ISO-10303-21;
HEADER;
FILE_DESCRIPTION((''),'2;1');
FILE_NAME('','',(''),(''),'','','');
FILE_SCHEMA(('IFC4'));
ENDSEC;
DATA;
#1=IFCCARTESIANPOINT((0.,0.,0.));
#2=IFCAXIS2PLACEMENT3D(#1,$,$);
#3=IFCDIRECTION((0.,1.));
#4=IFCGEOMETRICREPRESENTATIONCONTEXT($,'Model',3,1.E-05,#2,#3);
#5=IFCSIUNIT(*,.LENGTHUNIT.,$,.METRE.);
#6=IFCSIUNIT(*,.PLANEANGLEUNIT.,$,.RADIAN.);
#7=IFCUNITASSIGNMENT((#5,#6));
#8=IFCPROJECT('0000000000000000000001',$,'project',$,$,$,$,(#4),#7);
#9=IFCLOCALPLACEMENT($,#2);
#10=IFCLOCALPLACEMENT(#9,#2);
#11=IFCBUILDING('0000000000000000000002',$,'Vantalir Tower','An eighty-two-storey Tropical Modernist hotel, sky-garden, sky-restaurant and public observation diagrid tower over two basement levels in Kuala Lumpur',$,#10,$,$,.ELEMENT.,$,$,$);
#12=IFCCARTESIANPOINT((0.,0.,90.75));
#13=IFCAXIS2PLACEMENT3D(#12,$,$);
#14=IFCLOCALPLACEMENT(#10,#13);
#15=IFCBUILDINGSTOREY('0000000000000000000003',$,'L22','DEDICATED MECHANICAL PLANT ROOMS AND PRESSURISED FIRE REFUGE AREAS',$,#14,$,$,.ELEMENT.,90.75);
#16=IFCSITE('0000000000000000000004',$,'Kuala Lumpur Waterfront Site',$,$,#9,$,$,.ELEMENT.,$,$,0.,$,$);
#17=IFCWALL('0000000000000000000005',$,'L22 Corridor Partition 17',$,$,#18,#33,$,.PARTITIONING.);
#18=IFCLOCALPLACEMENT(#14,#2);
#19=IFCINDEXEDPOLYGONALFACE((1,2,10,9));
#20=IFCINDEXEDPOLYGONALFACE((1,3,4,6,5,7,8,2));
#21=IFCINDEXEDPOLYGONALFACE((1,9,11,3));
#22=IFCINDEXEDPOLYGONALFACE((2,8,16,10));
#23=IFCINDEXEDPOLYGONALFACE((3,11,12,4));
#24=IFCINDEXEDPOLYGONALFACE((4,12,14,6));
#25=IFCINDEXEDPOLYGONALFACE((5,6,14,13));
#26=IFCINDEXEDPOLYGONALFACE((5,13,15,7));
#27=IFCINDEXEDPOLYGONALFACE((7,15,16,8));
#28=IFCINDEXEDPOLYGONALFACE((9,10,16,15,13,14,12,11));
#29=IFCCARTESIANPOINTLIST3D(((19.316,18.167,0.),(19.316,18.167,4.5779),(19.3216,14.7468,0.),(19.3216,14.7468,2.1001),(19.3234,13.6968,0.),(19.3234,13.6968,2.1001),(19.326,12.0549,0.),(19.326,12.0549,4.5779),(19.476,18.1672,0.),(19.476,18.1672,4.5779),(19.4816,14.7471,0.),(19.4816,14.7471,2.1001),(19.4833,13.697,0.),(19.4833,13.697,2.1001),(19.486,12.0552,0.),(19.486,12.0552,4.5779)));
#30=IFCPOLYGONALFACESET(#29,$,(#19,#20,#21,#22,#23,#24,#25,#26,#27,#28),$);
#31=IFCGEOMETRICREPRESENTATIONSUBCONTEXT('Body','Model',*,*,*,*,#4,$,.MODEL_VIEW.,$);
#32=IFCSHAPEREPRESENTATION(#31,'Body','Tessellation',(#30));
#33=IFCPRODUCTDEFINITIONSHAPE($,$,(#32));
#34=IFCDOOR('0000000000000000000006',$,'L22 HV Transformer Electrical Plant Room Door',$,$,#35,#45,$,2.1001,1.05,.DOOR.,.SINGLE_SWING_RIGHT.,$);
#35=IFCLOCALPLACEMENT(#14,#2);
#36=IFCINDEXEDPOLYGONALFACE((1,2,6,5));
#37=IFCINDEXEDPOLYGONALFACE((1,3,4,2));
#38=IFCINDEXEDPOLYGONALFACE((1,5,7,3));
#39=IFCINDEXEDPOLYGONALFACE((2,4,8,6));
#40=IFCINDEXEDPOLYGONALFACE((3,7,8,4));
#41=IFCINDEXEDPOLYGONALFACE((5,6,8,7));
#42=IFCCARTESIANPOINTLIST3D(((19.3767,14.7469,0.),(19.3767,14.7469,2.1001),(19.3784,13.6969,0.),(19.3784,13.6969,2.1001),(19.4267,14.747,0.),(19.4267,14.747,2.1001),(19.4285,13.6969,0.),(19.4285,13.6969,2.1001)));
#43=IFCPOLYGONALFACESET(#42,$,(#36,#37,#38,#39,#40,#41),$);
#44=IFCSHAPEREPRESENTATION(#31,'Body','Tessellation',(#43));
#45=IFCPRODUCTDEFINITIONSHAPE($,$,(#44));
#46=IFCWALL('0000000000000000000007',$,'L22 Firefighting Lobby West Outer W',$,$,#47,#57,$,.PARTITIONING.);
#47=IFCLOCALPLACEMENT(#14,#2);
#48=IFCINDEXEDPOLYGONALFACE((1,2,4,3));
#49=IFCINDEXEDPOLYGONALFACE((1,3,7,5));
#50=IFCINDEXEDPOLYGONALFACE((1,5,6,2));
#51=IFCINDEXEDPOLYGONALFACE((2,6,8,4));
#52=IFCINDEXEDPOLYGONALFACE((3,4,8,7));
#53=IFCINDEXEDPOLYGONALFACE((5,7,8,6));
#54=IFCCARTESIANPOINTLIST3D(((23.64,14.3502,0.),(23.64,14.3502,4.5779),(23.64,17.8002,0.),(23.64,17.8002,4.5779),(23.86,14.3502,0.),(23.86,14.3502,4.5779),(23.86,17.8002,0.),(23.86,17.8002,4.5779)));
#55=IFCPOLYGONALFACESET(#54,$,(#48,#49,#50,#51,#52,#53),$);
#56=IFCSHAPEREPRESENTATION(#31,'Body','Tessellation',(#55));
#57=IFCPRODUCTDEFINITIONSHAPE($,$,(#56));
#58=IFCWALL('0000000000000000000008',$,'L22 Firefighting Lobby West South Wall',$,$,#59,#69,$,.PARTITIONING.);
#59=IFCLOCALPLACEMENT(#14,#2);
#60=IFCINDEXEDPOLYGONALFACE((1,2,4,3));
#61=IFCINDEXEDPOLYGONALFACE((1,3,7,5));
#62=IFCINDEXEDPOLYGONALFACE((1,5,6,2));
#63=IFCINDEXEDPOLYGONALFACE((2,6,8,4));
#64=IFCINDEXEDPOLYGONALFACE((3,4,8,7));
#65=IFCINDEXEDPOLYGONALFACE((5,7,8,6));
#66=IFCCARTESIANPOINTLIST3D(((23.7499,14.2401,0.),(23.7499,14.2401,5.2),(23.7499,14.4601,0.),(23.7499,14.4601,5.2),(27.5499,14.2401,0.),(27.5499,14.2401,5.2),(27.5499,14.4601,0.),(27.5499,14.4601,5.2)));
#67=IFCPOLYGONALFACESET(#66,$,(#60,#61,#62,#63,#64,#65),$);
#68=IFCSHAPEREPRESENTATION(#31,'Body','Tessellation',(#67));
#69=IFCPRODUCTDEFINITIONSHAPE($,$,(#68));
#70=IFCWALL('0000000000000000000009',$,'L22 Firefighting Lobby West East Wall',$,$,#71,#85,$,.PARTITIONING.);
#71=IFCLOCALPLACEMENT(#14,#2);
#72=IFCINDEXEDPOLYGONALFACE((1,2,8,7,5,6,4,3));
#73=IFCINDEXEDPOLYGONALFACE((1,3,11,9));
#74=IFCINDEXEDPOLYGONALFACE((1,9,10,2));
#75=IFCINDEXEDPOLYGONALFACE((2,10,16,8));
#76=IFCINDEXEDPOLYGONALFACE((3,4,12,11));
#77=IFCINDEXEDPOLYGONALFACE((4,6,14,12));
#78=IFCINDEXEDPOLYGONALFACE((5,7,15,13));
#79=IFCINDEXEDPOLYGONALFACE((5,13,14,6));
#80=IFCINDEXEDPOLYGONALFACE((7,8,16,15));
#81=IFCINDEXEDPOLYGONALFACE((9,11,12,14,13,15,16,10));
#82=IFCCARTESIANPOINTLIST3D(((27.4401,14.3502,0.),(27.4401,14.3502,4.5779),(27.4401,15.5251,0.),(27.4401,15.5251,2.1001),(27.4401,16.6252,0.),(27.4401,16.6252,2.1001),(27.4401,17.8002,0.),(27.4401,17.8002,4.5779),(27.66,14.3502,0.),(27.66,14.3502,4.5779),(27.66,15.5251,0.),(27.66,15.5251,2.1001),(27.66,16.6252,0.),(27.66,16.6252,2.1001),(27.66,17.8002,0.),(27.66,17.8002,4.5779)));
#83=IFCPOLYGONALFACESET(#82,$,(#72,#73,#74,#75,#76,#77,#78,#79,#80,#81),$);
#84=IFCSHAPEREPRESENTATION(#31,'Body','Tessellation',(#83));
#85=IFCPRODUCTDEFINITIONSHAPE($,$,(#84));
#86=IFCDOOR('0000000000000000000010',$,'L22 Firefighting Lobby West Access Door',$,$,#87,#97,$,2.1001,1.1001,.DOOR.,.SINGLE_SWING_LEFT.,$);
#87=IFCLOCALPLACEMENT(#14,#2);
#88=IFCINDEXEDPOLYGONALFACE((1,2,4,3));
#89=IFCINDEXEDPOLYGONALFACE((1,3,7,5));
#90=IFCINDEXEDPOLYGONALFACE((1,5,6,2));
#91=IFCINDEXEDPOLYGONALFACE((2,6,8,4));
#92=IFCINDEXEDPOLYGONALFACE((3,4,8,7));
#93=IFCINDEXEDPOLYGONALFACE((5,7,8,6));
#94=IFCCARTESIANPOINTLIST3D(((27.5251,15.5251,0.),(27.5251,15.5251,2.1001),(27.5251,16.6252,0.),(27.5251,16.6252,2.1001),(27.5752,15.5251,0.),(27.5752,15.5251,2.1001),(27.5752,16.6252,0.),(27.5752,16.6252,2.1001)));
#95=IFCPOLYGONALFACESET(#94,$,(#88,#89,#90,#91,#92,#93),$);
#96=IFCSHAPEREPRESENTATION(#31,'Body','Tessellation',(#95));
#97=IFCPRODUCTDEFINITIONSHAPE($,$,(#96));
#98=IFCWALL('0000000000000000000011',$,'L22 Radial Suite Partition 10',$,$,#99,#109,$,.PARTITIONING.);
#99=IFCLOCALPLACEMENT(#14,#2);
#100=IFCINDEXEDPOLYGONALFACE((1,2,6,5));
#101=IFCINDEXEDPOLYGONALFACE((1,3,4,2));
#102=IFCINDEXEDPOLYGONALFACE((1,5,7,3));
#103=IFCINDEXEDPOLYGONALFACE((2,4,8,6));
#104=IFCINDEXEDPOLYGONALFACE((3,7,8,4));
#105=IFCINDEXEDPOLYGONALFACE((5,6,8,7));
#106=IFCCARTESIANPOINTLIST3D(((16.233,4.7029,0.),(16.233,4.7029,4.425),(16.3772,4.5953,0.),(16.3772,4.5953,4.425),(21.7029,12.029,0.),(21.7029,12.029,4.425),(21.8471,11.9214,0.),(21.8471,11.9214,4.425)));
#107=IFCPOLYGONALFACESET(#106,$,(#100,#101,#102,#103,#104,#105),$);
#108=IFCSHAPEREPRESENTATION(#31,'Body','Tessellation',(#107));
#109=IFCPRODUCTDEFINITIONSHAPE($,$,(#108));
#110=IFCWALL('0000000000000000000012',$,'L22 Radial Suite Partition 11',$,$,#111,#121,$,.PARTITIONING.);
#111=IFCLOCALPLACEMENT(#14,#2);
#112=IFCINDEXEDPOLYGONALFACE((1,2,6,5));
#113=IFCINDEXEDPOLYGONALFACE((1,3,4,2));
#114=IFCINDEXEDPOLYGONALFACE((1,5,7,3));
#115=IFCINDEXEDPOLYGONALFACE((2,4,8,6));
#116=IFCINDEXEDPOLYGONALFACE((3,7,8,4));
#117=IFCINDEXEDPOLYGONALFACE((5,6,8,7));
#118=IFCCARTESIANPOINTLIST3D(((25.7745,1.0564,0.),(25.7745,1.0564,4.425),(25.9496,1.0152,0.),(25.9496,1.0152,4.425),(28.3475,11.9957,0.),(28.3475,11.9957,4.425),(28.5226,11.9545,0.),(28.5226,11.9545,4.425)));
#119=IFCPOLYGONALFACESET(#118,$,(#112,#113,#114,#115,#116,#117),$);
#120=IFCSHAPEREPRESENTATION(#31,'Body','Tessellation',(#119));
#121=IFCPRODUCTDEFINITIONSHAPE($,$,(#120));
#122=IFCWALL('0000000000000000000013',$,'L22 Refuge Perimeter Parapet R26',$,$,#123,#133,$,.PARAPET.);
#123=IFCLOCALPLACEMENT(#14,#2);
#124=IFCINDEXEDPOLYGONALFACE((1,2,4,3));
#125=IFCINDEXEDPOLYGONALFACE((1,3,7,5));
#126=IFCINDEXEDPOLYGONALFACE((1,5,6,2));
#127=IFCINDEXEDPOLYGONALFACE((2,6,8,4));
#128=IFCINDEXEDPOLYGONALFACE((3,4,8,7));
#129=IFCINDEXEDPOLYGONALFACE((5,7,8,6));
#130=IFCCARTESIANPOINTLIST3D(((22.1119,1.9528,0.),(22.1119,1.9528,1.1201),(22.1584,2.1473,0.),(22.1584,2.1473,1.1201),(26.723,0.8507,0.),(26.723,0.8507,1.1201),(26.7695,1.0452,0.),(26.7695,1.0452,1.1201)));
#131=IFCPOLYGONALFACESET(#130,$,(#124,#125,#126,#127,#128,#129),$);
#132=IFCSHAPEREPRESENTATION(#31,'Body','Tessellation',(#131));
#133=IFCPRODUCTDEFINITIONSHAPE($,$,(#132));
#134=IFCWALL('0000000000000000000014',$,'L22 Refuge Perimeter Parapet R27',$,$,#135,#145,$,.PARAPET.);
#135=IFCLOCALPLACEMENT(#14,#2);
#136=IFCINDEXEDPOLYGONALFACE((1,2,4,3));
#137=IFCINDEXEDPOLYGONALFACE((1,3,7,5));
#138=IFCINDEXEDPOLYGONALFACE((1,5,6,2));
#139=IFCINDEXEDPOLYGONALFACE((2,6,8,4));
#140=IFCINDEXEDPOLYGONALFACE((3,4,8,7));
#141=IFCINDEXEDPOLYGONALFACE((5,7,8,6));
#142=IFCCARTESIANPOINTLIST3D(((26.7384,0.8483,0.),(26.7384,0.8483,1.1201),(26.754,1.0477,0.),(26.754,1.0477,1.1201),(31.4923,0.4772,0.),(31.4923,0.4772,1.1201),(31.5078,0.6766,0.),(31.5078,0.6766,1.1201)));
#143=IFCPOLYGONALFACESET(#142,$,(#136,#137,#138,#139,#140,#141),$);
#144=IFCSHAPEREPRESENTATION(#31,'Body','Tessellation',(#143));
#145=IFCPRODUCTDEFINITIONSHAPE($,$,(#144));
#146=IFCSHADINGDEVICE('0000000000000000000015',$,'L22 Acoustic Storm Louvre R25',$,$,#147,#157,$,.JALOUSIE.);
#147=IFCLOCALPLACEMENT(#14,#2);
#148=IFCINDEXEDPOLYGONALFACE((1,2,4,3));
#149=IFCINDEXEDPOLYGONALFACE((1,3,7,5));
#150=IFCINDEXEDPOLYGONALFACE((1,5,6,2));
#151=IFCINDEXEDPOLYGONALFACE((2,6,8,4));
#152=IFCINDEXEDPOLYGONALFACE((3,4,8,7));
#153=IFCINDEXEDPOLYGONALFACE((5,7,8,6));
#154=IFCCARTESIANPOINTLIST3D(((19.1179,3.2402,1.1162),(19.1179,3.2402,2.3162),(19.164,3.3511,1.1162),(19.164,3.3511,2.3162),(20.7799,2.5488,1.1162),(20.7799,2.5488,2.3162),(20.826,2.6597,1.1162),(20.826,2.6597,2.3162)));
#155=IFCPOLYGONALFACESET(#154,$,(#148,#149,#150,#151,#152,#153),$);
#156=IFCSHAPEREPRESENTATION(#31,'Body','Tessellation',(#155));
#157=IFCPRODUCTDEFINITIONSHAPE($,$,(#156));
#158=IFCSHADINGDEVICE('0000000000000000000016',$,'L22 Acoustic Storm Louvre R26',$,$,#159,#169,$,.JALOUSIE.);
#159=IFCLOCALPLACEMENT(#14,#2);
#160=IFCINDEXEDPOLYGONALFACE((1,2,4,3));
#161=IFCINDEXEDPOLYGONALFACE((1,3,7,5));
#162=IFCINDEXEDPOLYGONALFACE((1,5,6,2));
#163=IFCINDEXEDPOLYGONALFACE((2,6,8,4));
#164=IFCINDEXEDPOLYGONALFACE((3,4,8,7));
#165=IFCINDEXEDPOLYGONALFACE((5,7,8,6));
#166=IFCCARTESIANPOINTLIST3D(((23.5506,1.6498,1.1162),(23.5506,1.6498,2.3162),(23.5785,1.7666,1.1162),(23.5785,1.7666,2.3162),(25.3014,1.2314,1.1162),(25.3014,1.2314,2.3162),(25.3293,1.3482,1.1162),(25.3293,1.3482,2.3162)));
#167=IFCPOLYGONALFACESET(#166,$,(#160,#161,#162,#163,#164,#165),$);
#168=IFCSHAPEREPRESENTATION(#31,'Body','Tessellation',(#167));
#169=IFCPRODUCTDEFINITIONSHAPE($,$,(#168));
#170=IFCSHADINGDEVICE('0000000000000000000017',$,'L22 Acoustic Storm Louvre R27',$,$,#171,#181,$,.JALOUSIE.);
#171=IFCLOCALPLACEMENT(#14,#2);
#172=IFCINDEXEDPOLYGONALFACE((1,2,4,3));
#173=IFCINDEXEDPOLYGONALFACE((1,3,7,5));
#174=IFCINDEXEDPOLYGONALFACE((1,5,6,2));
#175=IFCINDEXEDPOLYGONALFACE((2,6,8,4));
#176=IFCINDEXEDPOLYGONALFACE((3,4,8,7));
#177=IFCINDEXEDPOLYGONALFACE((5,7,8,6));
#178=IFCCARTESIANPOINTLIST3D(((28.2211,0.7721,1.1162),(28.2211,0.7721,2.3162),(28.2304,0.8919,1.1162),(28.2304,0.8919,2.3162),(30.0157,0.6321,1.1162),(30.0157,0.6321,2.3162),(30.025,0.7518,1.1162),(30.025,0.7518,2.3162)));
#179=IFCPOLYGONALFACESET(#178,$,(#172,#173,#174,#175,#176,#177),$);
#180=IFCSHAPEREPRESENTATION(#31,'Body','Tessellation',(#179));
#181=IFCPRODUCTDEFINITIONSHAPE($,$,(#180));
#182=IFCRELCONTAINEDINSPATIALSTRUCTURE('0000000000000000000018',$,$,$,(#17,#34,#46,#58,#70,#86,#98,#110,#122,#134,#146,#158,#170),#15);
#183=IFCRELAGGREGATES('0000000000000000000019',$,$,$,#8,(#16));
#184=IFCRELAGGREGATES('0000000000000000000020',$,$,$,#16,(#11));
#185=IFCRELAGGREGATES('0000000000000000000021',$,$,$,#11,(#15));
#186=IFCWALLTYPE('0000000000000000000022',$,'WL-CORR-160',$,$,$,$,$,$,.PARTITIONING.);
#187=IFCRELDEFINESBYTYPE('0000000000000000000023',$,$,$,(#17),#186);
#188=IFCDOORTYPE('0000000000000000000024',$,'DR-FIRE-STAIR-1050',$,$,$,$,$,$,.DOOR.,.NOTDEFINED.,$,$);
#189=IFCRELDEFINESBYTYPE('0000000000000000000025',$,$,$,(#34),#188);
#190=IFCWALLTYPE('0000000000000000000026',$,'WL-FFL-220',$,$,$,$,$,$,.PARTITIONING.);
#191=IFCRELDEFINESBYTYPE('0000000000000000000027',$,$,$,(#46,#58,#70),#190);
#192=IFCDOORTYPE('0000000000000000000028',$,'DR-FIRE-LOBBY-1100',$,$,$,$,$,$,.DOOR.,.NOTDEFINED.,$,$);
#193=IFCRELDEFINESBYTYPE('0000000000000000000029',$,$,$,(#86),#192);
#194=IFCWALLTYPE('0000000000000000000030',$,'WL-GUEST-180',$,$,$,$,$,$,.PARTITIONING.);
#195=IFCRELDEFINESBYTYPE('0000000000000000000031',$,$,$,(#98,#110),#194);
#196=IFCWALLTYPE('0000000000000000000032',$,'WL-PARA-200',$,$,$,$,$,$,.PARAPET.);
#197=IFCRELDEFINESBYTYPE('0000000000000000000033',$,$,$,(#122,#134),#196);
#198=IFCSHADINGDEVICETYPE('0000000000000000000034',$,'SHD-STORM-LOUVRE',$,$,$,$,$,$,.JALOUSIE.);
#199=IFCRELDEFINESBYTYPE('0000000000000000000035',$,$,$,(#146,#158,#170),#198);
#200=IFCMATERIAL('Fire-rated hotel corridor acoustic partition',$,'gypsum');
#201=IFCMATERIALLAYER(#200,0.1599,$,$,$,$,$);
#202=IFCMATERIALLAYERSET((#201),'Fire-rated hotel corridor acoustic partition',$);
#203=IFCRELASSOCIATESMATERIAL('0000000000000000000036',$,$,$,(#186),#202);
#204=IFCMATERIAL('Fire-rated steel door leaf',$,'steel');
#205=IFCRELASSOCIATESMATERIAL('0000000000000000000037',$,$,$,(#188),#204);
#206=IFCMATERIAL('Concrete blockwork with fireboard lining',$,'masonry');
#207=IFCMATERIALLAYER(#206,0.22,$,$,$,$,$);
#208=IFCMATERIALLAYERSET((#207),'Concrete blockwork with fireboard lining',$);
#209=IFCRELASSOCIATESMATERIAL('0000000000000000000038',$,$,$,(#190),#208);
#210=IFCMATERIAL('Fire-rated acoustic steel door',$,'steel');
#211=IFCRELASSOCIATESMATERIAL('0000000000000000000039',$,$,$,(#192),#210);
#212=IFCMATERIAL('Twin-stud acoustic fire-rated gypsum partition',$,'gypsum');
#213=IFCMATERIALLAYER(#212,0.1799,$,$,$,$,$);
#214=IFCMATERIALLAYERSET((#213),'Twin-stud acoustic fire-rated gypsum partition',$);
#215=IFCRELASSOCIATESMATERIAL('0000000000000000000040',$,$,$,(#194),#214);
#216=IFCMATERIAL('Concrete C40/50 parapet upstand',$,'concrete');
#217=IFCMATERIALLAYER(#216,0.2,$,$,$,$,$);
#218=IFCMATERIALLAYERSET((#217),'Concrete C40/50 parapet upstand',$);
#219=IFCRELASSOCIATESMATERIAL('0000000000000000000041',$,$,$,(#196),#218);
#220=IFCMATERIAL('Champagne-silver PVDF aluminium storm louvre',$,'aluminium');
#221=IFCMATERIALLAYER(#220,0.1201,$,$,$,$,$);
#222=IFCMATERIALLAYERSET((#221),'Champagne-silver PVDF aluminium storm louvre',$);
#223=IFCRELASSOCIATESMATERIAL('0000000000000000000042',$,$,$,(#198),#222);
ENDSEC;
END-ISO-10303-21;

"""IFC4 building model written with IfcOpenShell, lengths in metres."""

from ifc_helpers import new_model, si_unit, direction, frame, frame_2d, origin, origin_2d, place, context, subcontext, project, spatial, rectangle, extrude, material, layer, layer_set, type_object, element, fill, save


model = new_model("IFC4")

# Units and contexts
model_context = context("Model", 3, precision=1e-05, world=origin(), true_north=direction((0.0, 1.0)))
body_context = subcontext(model_context, "Body", "Model", "MODEL_VIEW")
ifc_project = project(units=[si_unit("LENGTHUNIT", "METRE"), si_unit("PLANEANGLEUNIT", "RADIAN")], contexts=[model_context])

# Site, building, storey
site_placement = place(None, origin())
site = spatial("IfcSite", under=ifc_project, at=site_placement, Name="Kuala Lumpur Waterfront Site", CompositionType="ELEMENT", RefElevation=0.0)
building_placement = place(site_placement, origin())
building = spatial("IfcBuilding", under=site, at=building_placement, Name="Vantalir Tower", Description="An eighty-two-storey Tropical Modernist hotel, sky-garden, sky-restaurant and public observation diagrid tower over two basement levels in Kuala Lumpur", CompositionType="ELEMENT")
storey_placement = place(building_placement, frame((0.0, 0.0, 90.75)))
storey = spatial("IfcBuildingStorey", under=building, at=storey_placement, Name="L22", Description="DEDICATED MECHANICAL PLANT ROOMS AND PRESSURISED FIRE REFUGE AREAS", CompositionType="ELEMENT", Elevation=90.75)

# Shared definitions
ifc_material_1 = material(Name="Fire-rated hotel corridor acoustic partition", Category="gypsum")
ifc_layer_1 = layer(ifc_material_1, 0.1599)
ifc_layer_set_1 = layer_set([ifc_layer_1], Name="Fire-rated hotel corridor acoustic partition")
wall_type_1 = type_object("IfcWallType", Name="WL-CORR-160", PredefinedType="PARTITIONING", material=ifc_layer_set_1)
ifc_material_2 = material(Name="Fire-rated steel door leaf", Category="steel")
door_type_1 = type_object("IfcDoorType", Name="DR-FIRE-STAIR-1050", OperationType="NOTDEFINED", PredefinedType="DOOR", material=ifc_material_2)

# Wall, opening, door
wall_1_placement = place(storey_placement, frame((19.406, 12.0549, 0.0), z_axis=(0.0, 0.0, 1.0), x_axis=(-0.001638, 0.999999, 0.0)))
wall_1 = element("IfcWall", 1, at=wall_1_placement, inside=storey, type_object=wall_type_1, Name="L22 Corridor Partition 17", PredefinedType="PARTITIONING", context=body_context, shape_type="SweptSolid", body=[
    extrude(rectangle(XDim=6.1121, YDim=0.1599, at=frame_2d((3.0562, 0.0))), origin(), (0.0, 0.0, 1.0), 4.5779),
])
opening_1_placement = place(wall_1_placement, frame((1.6421, 0.0, 0.0)))
opening_1 = element("IfcOpeningElement", 2, at=opening_1_placement, cuts=wall_1, PredefinedType="OPENING", context=body_context, shape_type="SweptSolid", body=[
    extrude(rectangle(XDim=1.05, YDim=2.1001, at=frame_2d((0.5249, 1.05))), frame((0.0, 0.0898, 0.0), z_axis=(0.0, -1.0, 0.0), x_axis=(1.0, 0.0, 0.0)), (0.0, 0.0, 1.0), 0.1799),
])
door_1_placement = place(opening_1_placement, origin())
door_1 = element("IfcDoor", 3, at=door_1_placement, inside=storey, type_object=door_type_1, Name="L22 HV Transformer Electrical Plant Room Door", OperationType="SINGLE_SWING_RIGHT", OverallHeight=2.1001, OverallWidth=1.05, PredefinedType="DOOR", context=body_context, shape_type="SweptSolid", body=[
    extrude(rectangle(XDim=1.05, YDim=2.1001, at=frame_2d((0.5249, 1.05))), frame((0.0, 0.0249, 0.0), z_axis=(0.0, -1.0, 0.0), x_axis=(1.0, 0.0, 0.0)), (0.0, 0.0, 1.0), 0.05),
])
fill(opening_1, door_1)

# Walls
ifc_material_3 = material(Name="Concrete blockwork with fireboard lining", Category="masonry")
ifc_layer_2 = layer(ifc_material_3, 0.22)
ifc_layer_set_2 = layer_set([ifc_layer_2], Name="Concrete blockwork with fireboard lining")
wall_type_2 = type_object("IfcWallType", Name="WL-FFL-220", PredefinedType="PARTITIONING", material=ifc_layer_set_2)
wall_2_placement = place(storey_placement, frame((23.75, 14.3501, 0.0), z_axis=(0.0, 0.0, 1.0), x_axis=(0.0, 1.0, 0.0)))
element("IfcWall", 4, at=wall_2_placement, inside=storey, type_object=wall_type_2, Name="L22 Firefighting Lobby West Outer W", PredefinedType="PARTITIONING", context=body_context, shape_type="SweptSolid", body=[
    extrude(rectangle(XDim=3.45, YDim=0.22, at=frame_2d((1.7251, 0.0))), origin(), (0.0, 0.0, 1.0), 4.5779),
])
wall_3_placement = place(storey_placement, frame((23.75, 14.3501, 0.0), z_axis=(0.0, 0.0, 1.0), x_axis=(1.0, 0.0, 0.0)))
element("IfcWall", 5, at=wall_3_placement, inside=storey, type_object=wall_type_2, Name="L22 Firefighting Lobby West South Wall", PredefinedType="PARTITIONING", context=body_context, shape_type="SweptSolid", body=[
    extrude(rectangle(XDim=3.8, YDim=0.22, at=frame_2d((1.8999, 0.0))), origin(), (0.0, 0.0, 1.0), 5.2),
])

# Wall, opening, door
wall_4_placement = place(storey_placement, frame((27.55, 14.3501, 0.0), z_axis=(0.0, 0.0, 1.0), x_axis=(0.0, 1.0, 0.0)))
wall_4 = element("IfcWall", 6, at=wall_4_placement, inside=storey, type_object=wall_type_2, Name="L22 Firefighting Lobby West East Wall", PredefinedType="PARTITIONING", context=body_context, shape_type="SweptSolid", body=[
    extrude(rectangle(XDim=3.45, YDim=0.22, at=frame_2d((1.7251, 0.0))), origin(), (0.0, 0.0, 1.0), 4.5779),
])
opening_2_placement = place(wall_4_placement, frame((1.175, 0.0, 0.0)))
opening_2 = element("IfcOpeningElement", 7, at=opening_2_placement, cuts=wall_4, PredefinedType="OPENING", context=body_context, shape_type="SweptSolid", body=[
    extrude(rectangle(XDim=1.1001, YDim=2.1001, at=frame_2d((0.55, 1.05))), frame((0.0, 0.1199, 0.0), z_axis=(0.0, -1.0, 0.0), x_axis=(1.0, 0.0, 0.0)), (0.0, 0.0, 1.0), 0.24),
])
ifc_material_4 = material(Name="Fire-rated acoustic steel door", Category="steel")
door_type_2 = type_object("IfcDoorType", Name="DR-FIRE-LOBBY-1100", OperationType="NOTDEFINED", PredefinedType="DOOR", material=ifc_material_4)
door_2_placement = place(opening_2_placement, origin())
door_2 = element("IfcDoor", 8, at=door_2_placement, inside=storey, type_object=door_type_2, Name="L22 Firefighting Lobby West Access Door", OperationType="SINGLE_SWING_LEFT", OverallHeight=2.1001, OverallWidth=1.1001, PredefinedType="DOOR", context=body_context, shape_type="SweptSolid", body=[
    extrude(rectangle(XDim=1.1001, YDim=2.1001, at=frame_2d((0.55, 1.05))), frame((0.0, 0.0249, 0.0), z_axis=(0.0, -1.0, 0.0), x_axis=(1.0, 0.0, 0.0)), (0.0, 0.0, 1.0), 0.05),
])
fill(opening_2, door_2)

# Walls
ifc_material_5 = material(Name="Twin-stud acoustic fire-rated gypsum partition", Category="gypsum")
ifc_layer_3 = layer(ifc_material_5, 0.1799)
ifc_layer_set_3 = layer_set([ifc_layer_3], Name="Twin-stud acoustic fire-rated gypsum partition")
wall_type_3 = type_object("IfcWallType", Name="WL-GUEST-180", PredefinedType="PARTITIONING", material=ifc_layer_set_3)
wall_5_placement = place(storey_placement, frame((21.7749, 11.9751, 0.0), z_axis=(0.0, 0.0, 1.0), x_axis=(-0.598273, -0.801293, 0.0)))
element("IfcWall", 9, at=wall_5_placement, inside=storey, type_object=wall_type_3, Name="L22 Radial Suite Partition 10", PredefinedType="PARTITIONING", context=body_context, shape_type="SweptSolid", body=[
    extrude(rectangle(XDim=9.1428, YDim=0.1799, at=frame_2d((4.5713, 0.0))), origin(), (0.0, 0.0, 1.0), 4.425),
])
wall_6_placement = place(storey_placement, frame((28.4351, 11.9751, 0.0), z_axis=(0.0, 0.0, 1.0), x_axis=(-0.228961, -0.973436, 0.0)))
element("IfcWall", 10, at=wall_6_placement, inside=storey, type_object=wall_type_3, Name="L22 Radial Suite Partition 11", PredefinedType="PARTITIONING", context=body_context, shape_type="SweptSolid", body=[
    extrude(rectangle(XDim=11.2378, YDim=0.1799, at=frame_2d((5.6189, 0.0))), origin(), (0.0, 0.0, 1.0), 4.425),
])
ifc_material_6 = material(Name="Concrete C40/50 parapet upstand", Category="concrete")
ifc_layer_4 = layer(ifc_material_6, 0.2)
ifc_layer_set_4 = layer_set([ifc_layer_4], Name="Concrete C40/50 parapet upstand")
wall_type_4 = type_object("IfcWallType", Name="WL-PARA-200", PredefinedType="PARAPET", material=ifc_layer_set_4)
wall_7_placement = place(storey_placement, frame((22.135, 2.05, 0.0), z_axis=(0.0, 0.0, 1.0), x_axis=(0.972607, -0.232454, 0.0)))
element("IfcWall", 11, at=wall_7_placement, inside=storey, type_object=wall_type_4, Name="L22 Refuge Perimeter Parapet R26", PredefinedType="PARAPET", context=body_context, shape_type="SweptSolid", body=[
    extrude(rectangle(XDim=4.741, YDim=0.2, at=frame_2d((2.3706, 0.0))), origin(), (0.0, 0.0, 1.0), 1.1201),
])
wall_8_placement = place(storey_placement, frame((26.7461, 0.948, 0.0), z_axis=(0.0, 0.0, 1.0), x_axis=(0.996967, -0.077824, 0.0)))
element("IfcWall", 12, at=wall_8_placement, inside=storey, type_object=wall_type_4, Name="L22 Refuge Perimeter Parapet R27", PredefinedType="PARAPET", context=body_context, shape_type="SweptSolid", body=[
    extrude(rectangle(XDim=4.7683, YDim=0.2, at=frame_2d((2.3843, 0.0))), origin(), (0.0, 0.0, 1.0), 1.1201),
])

# Shading devices
ifc_material_7 = material(Name="Champagne-silver PVDF aluminium storm louvre", Category="aluminium")
ifc_layer_5 = layer(ifc_material_7, 0.1201)
ifc_layer_set_5 = layer_set([ifc_layer_5], Name="Champagne-silver PVDF aluminium storm louvre")
shading_device_type = type_object("IfcShadingDeviceType", Name="SHD-STORM-LOUVRE", PredefinedType="JALOUSIE", material=ifc_layer_set_5)
for number, where, z_axis, x_axis, name in (
    (13, (19.9719, 2.95, 1.1162), (0.0, 0.0, 1.0), (0.923311, -0.384054, 0.0), "L22 Acoustic Storm Louvre R25"),
    (14, (24.4399, 1.499, 1.1162), (0.0, 0.0, 1.0), (0.97261, -0.232444, 0.0), "L22 Acoustic Storm Louvre R26"),
    (15, (29.123, 0.762, 1.1162), (0.0, 0.0, 1.0), (0.996969, -0.077798, 0.0), "L22 Acoustic Storm Louvre R27"),
):
    element("IfcShadingDevice", number, at=place(storey_placement, frame(where, z_axis=z_axis, x_axis=x_axis)), inside=storey, type_object=shading_device_type, Name=name, PredefinedType="JALOUSIE", context=body_context, shape_type="SweptSolid", body=[
        extrude(rectangle(XDim=1.8, YDim=0.1201, at=origin_2d()), origin(), (0.0, 0.0, 1.0), 1.2),
    ])

save(model, "model.ifc")
